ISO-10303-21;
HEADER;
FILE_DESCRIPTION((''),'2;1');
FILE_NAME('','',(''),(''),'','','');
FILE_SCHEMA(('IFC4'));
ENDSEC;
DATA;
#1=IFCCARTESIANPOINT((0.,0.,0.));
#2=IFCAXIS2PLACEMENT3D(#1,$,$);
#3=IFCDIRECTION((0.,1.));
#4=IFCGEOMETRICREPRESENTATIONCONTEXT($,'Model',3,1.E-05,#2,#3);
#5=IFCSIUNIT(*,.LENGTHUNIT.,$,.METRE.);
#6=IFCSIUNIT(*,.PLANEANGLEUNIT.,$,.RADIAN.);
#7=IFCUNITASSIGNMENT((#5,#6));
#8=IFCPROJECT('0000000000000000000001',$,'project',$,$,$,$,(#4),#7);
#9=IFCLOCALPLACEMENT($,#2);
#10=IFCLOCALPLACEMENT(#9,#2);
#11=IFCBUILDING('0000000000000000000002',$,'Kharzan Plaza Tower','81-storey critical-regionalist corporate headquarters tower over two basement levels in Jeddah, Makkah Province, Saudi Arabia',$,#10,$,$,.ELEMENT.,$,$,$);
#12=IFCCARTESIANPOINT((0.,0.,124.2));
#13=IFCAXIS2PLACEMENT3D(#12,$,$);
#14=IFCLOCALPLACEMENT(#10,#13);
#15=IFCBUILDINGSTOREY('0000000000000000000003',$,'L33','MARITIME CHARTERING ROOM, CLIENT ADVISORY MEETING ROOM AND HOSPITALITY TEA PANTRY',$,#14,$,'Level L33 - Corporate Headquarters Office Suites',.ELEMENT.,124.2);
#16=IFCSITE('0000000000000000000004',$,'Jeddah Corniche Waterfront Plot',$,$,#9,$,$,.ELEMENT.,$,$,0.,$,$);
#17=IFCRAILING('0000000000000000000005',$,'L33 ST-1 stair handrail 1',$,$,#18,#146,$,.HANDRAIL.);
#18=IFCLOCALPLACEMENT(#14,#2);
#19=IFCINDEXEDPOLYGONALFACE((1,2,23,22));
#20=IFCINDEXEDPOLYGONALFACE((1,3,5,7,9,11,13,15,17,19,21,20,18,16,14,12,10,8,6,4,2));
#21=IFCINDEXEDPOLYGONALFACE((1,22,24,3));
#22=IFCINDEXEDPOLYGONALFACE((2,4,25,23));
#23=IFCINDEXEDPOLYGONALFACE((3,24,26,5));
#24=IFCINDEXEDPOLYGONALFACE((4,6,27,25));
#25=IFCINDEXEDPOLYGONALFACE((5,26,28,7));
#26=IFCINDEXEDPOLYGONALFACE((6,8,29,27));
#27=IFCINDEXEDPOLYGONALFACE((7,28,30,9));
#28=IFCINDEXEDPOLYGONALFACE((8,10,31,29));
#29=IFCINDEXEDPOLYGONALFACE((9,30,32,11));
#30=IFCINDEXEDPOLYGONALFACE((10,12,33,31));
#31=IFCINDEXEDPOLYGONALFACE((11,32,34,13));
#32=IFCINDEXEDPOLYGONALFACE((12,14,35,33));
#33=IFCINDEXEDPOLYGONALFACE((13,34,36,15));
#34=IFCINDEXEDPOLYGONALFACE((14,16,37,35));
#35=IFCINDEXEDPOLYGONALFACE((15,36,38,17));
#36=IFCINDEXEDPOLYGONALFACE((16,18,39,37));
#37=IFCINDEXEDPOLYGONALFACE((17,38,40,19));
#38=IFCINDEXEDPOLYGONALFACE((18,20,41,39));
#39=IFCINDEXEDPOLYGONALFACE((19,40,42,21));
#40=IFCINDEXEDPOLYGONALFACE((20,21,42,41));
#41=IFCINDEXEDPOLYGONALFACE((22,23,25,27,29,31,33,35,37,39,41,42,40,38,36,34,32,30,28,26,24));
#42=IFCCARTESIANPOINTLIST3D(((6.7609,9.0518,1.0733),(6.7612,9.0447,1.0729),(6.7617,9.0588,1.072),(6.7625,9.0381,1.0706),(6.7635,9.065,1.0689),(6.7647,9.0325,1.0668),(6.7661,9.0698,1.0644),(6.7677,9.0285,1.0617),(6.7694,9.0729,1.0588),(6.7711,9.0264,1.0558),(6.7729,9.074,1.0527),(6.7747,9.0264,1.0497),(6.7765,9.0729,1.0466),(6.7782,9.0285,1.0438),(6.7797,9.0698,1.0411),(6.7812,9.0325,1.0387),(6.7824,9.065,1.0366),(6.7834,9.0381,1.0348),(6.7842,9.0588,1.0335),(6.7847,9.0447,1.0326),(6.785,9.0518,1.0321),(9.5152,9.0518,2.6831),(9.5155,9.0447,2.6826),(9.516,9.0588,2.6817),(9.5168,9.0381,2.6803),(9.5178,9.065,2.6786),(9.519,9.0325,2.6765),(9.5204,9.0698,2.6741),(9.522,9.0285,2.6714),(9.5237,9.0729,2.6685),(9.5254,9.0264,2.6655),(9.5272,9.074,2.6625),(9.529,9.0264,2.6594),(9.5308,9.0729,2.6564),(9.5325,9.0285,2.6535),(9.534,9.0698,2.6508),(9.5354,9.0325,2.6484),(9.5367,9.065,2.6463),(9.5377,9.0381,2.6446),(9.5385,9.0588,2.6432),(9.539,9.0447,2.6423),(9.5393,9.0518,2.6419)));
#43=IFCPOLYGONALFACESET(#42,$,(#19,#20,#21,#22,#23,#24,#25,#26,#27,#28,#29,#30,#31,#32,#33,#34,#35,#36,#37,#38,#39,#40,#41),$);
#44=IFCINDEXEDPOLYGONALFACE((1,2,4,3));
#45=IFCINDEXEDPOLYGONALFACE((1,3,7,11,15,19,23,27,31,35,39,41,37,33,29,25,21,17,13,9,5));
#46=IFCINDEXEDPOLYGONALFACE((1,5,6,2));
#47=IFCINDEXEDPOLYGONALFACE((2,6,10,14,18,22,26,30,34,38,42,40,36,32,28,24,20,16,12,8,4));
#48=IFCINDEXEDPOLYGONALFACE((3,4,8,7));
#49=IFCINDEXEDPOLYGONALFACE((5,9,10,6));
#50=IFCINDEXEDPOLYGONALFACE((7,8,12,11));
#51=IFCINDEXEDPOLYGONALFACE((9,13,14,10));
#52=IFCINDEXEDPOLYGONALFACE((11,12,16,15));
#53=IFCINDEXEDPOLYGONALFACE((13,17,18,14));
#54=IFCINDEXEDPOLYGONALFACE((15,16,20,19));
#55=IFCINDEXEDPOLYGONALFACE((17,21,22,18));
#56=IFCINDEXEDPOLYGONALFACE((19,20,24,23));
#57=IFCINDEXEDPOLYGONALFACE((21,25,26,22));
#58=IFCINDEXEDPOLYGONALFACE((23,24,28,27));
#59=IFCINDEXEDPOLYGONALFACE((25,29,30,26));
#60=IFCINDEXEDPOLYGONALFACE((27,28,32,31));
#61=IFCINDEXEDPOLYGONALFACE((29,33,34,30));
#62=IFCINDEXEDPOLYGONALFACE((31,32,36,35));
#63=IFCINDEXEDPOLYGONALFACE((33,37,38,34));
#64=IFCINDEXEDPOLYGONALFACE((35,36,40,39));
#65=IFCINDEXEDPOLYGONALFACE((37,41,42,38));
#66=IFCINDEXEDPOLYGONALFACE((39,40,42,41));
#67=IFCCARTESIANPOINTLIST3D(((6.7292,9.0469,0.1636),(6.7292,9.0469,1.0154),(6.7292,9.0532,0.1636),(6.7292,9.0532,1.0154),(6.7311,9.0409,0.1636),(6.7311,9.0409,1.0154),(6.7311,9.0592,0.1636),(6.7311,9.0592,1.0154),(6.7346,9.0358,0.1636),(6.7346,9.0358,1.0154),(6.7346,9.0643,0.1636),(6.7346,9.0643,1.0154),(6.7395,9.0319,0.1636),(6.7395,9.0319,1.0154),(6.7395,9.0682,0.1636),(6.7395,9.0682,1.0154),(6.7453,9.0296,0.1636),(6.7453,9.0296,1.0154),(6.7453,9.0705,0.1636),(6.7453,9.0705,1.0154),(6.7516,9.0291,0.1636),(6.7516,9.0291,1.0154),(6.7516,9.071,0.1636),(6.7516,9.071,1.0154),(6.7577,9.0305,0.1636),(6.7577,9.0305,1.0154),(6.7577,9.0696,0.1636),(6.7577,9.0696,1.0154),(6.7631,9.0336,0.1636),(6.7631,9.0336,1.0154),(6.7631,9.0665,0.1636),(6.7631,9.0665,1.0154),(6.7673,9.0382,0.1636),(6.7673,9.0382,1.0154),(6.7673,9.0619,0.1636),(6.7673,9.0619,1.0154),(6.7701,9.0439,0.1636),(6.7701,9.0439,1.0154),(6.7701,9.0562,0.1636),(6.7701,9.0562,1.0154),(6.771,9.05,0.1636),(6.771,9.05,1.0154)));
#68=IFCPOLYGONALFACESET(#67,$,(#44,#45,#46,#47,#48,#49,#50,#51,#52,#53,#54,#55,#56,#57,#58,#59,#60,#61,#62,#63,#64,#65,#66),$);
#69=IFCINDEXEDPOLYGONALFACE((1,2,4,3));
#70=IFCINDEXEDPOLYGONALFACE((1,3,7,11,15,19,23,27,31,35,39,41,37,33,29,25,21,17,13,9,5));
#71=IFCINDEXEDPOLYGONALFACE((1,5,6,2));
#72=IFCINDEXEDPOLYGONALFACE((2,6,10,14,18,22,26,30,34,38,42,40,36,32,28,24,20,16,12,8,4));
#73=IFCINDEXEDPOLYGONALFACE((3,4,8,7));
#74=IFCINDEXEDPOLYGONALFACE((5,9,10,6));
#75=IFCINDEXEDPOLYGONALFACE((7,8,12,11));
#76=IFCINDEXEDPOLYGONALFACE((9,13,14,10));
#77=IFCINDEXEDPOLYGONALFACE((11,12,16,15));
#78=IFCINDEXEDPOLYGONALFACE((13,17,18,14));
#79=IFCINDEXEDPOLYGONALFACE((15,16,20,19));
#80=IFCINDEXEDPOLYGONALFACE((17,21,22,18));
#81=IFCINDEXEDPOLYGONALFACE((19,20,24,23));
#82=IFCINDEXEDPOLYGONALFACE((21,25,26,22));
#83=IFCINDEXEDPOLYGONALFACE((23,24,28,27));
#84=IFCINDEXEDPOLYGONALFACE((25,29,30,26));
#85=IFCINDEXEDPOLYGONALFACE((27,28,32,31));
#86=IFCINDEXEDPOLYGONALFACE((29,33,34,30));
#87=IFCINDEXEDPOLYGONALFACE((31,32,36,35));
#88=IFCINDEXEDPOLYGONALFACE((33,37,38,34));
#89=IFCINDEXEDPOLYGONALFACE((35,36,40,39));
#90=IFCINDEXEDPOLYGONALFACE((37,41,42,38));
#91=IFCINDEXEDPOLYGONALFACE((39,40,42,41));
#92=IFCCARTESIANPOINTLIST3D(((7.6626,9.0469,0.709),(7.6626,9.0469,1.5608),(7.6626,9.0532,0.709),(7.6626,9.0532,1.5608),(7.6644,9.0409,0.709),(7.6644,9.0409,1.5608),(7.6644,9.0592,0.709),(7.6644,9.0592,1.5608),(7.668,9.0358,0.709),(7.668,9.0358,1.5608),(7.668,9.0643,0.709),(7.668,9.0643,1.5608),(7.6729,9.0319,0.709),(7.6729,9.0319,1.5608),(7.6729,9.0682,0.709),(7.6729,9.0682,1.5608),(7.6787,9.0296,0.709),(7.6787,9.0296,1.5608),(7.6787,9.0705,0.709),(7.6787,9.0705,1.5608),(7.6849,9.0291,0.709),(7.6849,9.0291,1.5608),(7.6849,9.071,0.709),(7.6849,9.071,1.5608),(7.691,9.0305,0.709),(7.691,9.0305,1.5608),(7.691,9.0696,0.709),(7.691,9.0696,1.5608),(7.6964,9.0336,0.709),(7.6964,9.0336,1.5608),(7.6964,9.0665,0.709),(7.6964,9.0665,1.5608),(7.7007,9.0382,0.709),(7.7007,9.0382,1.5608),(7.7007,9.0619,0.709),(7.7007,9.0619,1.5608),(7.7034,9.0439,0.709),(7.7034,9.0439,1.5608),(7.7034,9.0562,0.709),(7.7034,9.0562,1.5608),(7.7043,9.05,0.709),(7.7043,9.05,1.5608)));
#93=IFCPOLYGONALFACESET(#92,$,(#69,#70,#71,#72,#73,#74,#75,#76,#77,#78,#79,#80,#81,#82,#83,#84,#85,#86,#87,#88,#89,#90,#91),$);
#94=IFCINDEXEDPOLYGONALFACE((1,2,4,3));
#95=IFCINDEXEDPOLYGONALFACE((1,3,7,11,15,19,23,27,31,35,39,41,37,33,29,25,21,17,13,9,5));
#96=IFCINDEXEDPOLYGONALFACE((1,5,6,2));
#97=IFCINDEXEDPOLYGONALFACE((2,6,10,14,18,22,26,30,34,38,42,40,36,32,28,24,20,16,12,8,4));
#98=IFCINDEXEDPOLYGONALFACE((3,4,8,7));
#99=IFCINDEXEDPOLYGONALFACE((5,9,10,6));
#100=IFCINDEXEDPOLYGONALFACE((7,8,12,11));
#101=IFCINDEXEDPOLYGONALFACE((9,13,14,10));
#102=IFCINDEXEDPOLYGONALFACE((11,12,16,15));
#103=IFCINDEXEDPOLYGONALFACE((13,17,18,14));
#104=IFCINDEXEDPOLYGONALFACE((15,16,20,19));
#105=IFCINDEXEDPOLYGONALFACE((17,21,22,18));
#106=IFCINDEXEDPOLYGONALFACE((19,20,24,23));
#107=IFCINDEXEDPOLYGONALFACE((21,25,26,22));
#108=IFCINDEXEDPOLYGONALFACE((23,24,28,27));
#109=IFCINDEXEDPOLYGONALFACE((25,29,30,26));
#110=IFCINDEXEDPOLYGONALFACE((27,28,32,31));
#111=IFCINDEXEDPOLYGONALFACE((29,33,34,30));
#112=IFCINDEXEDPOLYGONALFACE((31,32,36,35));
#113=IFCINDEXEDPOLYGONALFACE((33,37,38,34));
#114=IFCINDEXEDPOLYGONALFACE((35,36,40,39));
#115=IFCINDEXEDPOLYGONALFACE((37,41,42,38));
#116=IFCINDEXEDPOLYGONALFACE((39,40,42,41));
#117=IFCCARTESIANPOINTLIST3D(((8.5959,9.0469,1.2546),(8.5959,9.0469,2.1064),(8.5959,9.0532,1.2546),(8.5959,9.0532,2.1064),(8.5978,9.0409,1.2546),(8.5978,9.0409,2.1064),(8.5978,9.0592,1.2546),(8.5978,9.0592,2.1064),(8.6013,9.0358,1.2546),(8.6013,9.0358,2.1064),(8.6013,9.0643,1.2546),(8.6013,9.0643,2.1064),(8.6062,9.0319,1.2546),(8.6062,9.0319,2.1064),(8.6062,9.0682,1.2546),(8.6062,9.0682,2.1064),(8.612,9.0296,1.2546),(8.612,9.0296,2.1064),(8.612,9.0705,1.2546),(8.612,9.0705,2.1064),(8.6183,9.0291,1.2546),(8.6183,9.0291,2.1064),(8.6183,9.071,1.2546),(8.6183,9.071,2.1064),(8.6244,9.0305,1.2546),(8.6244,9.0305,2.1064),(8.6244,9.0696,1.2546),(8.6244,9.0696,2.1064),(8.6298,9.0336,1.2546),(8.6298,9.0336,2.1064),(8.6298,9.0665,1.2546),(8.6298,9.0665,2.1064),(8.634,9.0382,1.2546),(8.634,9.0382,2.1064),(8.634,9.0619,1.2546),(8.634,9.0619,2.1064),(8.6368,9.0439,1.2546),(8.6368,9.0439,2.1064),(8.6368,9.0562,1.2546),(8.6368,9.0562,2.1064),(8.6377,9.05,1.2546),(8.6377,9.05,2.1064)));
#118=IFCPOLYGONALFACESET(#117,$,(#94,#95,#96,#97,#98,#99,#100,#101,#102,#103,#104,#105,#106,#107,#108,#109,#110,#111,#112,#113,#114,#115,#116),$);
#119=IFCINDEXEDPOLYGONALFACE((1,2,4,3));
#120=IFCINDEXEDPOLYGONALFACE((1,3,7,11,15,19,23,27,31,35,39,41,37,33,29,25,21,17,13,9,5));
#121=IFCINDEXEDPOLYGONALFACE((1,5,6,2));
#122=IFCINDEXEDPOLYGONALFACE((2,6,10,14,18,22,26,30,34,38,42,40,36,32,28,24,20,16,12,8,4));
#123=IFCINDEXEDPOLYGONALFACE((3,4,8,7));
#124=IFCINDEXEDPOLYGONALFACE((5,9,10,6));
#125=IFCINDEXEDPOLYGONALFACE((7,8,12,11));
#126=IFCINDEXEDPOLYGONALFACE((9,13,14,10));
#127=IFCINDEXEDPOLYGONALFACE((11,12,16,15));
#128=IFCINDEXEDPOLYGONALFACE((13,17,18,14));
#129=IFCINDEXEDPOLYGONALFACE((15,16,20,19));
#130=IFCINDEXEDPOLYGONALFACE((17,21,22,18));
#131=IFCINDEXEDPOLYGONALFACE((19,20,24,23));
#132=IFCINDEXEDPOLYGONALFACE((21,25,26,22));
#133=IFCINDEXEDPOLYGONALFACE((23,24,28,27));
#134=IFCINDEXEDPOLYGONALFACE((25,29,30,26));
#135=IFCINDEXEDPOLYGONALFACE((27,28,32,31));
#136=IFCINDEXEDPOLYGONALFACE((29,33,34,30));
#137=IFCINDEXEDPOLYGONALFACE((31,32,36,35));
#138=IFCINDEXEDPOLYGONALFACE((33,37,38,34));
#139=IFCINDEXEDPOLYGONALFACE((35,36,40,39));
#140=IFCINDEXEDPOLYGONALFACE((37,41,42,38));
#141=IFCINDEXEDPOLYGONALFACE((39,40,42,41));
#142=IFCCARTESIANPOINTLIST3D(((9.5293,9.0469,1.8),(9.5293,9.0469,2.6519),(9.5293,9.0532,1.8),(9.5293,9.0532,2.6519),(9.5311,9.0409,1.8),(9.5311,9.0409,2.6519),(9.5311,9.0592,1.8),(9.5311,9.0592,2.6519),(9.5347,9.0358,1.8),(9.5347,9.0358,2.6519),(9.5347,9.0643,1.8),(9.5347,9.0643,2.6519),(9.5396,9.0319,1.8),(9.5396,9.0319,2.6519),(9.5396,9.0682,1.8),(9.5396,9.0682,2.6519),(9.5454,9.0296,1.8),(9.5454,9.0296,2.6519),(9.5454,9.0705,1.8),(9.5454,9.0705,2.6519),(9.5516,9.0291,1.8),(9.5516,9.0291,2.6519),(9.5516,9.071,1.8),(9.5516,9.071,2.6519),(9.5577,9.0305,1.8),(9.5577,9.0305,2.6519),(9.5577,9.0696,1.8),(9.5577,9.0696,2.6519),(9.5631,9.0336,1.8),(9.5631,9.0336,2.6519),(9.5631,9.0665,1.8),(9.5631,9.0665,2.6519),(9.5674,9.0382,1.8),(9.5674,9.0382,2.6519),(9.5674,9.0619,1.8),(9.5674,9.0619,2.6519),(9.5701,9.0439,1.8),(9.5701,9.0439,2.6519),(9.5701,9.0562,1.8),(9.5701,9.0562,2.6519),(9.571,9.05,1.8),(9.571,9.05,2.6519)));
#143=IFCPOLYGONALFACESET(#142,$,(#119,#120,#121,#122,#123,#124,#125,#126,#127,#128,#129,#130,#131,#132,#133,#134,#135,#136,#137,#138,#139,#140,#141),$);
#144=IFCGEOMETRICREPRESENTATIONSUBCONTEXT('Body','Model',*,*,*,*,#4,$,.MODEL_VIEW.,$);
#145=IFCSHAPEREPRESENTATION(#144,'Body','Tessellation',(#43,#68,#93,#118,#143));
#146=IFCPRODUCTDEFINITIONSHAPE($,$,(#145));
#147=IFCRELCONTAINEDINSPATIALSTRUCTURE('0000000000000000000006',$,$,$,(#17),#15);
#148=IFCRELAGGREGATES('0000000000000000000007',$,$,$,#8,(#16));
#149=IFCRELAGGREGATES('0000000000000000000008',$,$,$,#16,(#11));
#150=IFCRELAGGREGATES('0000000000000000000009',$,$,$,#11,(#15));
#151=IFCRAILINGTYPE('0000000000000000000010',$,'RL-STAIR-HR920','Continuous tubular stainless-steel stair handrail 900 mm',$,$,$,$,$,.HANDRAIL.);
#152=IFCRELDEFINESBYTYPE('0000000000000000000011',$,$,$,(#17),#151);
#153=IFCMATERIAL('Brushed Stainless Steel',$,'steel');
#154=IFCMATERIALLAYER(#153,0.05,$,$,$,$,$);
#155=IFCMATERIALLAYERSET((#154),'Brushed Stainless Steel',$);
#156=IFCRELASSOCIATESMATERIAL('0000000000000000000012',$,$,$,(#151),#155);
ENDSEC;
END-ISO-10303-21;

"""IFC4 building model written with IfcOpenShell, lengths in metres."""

from ifc_helpers import new_model, si_unit, direction, frame, origin, origin_2d, place, context, subcontext, project, spatial, circle, extrude, source, transform, mapped, material, layer, layer_set, type_object, element, save


model = new_model("IFC4")

# Units and contexts
model_context = context("Model", 3, precision=1e-05, world=origin(), true_north=direction((0.0, 1.0)))
body_context = subcontext(model_context, "Body", "Model", "MODEL_VIEW")
ifc_project = project(units=[si_unit("LENGTHUNIT", "METRE"), si_unit("PLANEANGLEUNIT", "RADIAN")], contexts=[model_context])

# Site, building, storey
site_placement = place(None, origin())
site = spatial("IfcSite", under=ifc_project, at=site_placement, Name="Jeddah Corniche Waterfront Plot", CompositionType="ELEMENT", RefElevation=0.0)
building_placement = place(site_placement, origin())
building = spatial("IfcBuilding", under=site, at=building_placement, Name="Kharzan Plaza Tower", Description="81-storey critical-regionalist corporate headquarters tower over two basement levels in Jeddah, Makkah Province, Saudi Arabia", CompositionType="ELEMENT")
storey_placement = place(building_placement, frame((0.0, 0.0, 124.2)))
storey = spatial("IfcBuildingStorey", under=building, at=storey_placement, Name="L33", Description="MARITIME CHARTERING ROOM, CLIENT ADVISORY MEETING ROOM AND HOSPITALITY TEA PANTRY", LongName="Level L33 - Corporate Headquarters Office Suites", CompositionType="ELEMENT", Elevation=124.2)

# Railing
ifc_material_1 = material(Name="Brushed Stainless Steel", Category="steel")
ifc_layer_1 = layer(ifc_material_1, 0.05)
ifc_layer_set_1 = layer_set([ifc_layer_1], Name="Brushed Stainless Steel")
railing_type_1 = type_object("IfcRailingType", Name="RL-STAIR-HR920", Description="Continuous tubular stainless-steel stair handrail 900 mm", PredefinedType="HANDRAIL", material=ifc_layer_set_1)
shared_shape_1 = source(origin(), body_context, "Body", "SweptSolid", [
    extrude(circle(Radius=0.0239, at=origin_2d()), frame((0.0229, 0.0, 0.8892), z_axis=(0.863361, 0.0, 0.504587), x_axis=(0.0, 1.0, 0.0)), (0.0, 0.0, 1.0), 3.1902),
    extrude(circle(Radius=0.021, at=origin_2d()), origin(), (0.0, 0.0, 1.0), 0.8518),
    extrude(circle(Radius=0.021, at=origin_2d()), frame((0.9333, 0.0, 0.5454)), (0.0, 0.0, 1.0), 0.8518),
    extrude(circle(Radius=0.021, at=origin_2d()), frame((1.8667, 0.0, 1.0911)), (0.0, 0.0, 1.0), 0.8518),
    extrude(circle(Radius=0.021, at=origin_2d()), frame((2.8, 0.0, 1.6365)), (0.0, 0.0, 1.0), 0.8518),
])
railing_1_placement = place(storey_placement, frame((6.75, 9.05, 0.1636)))
element("IfcRailing", 1, at=railing_1_placement, inside=storey, type_object=railing_type_1, Name="L33 ST-1 stair handrail 1", PredefinedType="HANDRAIL", context=body_context, shape_type="MappedRepresentation", body=[
    mapped(shared_shape_1, transform((0.0, 0.0, 0.0), x_axis=(1.0, 0.0, 0.0), y_axis=(0.0, 1.0, 0.0), z_axis=(0.0, 0.0, 1.0))),
])

save(model, "model.ifc")
